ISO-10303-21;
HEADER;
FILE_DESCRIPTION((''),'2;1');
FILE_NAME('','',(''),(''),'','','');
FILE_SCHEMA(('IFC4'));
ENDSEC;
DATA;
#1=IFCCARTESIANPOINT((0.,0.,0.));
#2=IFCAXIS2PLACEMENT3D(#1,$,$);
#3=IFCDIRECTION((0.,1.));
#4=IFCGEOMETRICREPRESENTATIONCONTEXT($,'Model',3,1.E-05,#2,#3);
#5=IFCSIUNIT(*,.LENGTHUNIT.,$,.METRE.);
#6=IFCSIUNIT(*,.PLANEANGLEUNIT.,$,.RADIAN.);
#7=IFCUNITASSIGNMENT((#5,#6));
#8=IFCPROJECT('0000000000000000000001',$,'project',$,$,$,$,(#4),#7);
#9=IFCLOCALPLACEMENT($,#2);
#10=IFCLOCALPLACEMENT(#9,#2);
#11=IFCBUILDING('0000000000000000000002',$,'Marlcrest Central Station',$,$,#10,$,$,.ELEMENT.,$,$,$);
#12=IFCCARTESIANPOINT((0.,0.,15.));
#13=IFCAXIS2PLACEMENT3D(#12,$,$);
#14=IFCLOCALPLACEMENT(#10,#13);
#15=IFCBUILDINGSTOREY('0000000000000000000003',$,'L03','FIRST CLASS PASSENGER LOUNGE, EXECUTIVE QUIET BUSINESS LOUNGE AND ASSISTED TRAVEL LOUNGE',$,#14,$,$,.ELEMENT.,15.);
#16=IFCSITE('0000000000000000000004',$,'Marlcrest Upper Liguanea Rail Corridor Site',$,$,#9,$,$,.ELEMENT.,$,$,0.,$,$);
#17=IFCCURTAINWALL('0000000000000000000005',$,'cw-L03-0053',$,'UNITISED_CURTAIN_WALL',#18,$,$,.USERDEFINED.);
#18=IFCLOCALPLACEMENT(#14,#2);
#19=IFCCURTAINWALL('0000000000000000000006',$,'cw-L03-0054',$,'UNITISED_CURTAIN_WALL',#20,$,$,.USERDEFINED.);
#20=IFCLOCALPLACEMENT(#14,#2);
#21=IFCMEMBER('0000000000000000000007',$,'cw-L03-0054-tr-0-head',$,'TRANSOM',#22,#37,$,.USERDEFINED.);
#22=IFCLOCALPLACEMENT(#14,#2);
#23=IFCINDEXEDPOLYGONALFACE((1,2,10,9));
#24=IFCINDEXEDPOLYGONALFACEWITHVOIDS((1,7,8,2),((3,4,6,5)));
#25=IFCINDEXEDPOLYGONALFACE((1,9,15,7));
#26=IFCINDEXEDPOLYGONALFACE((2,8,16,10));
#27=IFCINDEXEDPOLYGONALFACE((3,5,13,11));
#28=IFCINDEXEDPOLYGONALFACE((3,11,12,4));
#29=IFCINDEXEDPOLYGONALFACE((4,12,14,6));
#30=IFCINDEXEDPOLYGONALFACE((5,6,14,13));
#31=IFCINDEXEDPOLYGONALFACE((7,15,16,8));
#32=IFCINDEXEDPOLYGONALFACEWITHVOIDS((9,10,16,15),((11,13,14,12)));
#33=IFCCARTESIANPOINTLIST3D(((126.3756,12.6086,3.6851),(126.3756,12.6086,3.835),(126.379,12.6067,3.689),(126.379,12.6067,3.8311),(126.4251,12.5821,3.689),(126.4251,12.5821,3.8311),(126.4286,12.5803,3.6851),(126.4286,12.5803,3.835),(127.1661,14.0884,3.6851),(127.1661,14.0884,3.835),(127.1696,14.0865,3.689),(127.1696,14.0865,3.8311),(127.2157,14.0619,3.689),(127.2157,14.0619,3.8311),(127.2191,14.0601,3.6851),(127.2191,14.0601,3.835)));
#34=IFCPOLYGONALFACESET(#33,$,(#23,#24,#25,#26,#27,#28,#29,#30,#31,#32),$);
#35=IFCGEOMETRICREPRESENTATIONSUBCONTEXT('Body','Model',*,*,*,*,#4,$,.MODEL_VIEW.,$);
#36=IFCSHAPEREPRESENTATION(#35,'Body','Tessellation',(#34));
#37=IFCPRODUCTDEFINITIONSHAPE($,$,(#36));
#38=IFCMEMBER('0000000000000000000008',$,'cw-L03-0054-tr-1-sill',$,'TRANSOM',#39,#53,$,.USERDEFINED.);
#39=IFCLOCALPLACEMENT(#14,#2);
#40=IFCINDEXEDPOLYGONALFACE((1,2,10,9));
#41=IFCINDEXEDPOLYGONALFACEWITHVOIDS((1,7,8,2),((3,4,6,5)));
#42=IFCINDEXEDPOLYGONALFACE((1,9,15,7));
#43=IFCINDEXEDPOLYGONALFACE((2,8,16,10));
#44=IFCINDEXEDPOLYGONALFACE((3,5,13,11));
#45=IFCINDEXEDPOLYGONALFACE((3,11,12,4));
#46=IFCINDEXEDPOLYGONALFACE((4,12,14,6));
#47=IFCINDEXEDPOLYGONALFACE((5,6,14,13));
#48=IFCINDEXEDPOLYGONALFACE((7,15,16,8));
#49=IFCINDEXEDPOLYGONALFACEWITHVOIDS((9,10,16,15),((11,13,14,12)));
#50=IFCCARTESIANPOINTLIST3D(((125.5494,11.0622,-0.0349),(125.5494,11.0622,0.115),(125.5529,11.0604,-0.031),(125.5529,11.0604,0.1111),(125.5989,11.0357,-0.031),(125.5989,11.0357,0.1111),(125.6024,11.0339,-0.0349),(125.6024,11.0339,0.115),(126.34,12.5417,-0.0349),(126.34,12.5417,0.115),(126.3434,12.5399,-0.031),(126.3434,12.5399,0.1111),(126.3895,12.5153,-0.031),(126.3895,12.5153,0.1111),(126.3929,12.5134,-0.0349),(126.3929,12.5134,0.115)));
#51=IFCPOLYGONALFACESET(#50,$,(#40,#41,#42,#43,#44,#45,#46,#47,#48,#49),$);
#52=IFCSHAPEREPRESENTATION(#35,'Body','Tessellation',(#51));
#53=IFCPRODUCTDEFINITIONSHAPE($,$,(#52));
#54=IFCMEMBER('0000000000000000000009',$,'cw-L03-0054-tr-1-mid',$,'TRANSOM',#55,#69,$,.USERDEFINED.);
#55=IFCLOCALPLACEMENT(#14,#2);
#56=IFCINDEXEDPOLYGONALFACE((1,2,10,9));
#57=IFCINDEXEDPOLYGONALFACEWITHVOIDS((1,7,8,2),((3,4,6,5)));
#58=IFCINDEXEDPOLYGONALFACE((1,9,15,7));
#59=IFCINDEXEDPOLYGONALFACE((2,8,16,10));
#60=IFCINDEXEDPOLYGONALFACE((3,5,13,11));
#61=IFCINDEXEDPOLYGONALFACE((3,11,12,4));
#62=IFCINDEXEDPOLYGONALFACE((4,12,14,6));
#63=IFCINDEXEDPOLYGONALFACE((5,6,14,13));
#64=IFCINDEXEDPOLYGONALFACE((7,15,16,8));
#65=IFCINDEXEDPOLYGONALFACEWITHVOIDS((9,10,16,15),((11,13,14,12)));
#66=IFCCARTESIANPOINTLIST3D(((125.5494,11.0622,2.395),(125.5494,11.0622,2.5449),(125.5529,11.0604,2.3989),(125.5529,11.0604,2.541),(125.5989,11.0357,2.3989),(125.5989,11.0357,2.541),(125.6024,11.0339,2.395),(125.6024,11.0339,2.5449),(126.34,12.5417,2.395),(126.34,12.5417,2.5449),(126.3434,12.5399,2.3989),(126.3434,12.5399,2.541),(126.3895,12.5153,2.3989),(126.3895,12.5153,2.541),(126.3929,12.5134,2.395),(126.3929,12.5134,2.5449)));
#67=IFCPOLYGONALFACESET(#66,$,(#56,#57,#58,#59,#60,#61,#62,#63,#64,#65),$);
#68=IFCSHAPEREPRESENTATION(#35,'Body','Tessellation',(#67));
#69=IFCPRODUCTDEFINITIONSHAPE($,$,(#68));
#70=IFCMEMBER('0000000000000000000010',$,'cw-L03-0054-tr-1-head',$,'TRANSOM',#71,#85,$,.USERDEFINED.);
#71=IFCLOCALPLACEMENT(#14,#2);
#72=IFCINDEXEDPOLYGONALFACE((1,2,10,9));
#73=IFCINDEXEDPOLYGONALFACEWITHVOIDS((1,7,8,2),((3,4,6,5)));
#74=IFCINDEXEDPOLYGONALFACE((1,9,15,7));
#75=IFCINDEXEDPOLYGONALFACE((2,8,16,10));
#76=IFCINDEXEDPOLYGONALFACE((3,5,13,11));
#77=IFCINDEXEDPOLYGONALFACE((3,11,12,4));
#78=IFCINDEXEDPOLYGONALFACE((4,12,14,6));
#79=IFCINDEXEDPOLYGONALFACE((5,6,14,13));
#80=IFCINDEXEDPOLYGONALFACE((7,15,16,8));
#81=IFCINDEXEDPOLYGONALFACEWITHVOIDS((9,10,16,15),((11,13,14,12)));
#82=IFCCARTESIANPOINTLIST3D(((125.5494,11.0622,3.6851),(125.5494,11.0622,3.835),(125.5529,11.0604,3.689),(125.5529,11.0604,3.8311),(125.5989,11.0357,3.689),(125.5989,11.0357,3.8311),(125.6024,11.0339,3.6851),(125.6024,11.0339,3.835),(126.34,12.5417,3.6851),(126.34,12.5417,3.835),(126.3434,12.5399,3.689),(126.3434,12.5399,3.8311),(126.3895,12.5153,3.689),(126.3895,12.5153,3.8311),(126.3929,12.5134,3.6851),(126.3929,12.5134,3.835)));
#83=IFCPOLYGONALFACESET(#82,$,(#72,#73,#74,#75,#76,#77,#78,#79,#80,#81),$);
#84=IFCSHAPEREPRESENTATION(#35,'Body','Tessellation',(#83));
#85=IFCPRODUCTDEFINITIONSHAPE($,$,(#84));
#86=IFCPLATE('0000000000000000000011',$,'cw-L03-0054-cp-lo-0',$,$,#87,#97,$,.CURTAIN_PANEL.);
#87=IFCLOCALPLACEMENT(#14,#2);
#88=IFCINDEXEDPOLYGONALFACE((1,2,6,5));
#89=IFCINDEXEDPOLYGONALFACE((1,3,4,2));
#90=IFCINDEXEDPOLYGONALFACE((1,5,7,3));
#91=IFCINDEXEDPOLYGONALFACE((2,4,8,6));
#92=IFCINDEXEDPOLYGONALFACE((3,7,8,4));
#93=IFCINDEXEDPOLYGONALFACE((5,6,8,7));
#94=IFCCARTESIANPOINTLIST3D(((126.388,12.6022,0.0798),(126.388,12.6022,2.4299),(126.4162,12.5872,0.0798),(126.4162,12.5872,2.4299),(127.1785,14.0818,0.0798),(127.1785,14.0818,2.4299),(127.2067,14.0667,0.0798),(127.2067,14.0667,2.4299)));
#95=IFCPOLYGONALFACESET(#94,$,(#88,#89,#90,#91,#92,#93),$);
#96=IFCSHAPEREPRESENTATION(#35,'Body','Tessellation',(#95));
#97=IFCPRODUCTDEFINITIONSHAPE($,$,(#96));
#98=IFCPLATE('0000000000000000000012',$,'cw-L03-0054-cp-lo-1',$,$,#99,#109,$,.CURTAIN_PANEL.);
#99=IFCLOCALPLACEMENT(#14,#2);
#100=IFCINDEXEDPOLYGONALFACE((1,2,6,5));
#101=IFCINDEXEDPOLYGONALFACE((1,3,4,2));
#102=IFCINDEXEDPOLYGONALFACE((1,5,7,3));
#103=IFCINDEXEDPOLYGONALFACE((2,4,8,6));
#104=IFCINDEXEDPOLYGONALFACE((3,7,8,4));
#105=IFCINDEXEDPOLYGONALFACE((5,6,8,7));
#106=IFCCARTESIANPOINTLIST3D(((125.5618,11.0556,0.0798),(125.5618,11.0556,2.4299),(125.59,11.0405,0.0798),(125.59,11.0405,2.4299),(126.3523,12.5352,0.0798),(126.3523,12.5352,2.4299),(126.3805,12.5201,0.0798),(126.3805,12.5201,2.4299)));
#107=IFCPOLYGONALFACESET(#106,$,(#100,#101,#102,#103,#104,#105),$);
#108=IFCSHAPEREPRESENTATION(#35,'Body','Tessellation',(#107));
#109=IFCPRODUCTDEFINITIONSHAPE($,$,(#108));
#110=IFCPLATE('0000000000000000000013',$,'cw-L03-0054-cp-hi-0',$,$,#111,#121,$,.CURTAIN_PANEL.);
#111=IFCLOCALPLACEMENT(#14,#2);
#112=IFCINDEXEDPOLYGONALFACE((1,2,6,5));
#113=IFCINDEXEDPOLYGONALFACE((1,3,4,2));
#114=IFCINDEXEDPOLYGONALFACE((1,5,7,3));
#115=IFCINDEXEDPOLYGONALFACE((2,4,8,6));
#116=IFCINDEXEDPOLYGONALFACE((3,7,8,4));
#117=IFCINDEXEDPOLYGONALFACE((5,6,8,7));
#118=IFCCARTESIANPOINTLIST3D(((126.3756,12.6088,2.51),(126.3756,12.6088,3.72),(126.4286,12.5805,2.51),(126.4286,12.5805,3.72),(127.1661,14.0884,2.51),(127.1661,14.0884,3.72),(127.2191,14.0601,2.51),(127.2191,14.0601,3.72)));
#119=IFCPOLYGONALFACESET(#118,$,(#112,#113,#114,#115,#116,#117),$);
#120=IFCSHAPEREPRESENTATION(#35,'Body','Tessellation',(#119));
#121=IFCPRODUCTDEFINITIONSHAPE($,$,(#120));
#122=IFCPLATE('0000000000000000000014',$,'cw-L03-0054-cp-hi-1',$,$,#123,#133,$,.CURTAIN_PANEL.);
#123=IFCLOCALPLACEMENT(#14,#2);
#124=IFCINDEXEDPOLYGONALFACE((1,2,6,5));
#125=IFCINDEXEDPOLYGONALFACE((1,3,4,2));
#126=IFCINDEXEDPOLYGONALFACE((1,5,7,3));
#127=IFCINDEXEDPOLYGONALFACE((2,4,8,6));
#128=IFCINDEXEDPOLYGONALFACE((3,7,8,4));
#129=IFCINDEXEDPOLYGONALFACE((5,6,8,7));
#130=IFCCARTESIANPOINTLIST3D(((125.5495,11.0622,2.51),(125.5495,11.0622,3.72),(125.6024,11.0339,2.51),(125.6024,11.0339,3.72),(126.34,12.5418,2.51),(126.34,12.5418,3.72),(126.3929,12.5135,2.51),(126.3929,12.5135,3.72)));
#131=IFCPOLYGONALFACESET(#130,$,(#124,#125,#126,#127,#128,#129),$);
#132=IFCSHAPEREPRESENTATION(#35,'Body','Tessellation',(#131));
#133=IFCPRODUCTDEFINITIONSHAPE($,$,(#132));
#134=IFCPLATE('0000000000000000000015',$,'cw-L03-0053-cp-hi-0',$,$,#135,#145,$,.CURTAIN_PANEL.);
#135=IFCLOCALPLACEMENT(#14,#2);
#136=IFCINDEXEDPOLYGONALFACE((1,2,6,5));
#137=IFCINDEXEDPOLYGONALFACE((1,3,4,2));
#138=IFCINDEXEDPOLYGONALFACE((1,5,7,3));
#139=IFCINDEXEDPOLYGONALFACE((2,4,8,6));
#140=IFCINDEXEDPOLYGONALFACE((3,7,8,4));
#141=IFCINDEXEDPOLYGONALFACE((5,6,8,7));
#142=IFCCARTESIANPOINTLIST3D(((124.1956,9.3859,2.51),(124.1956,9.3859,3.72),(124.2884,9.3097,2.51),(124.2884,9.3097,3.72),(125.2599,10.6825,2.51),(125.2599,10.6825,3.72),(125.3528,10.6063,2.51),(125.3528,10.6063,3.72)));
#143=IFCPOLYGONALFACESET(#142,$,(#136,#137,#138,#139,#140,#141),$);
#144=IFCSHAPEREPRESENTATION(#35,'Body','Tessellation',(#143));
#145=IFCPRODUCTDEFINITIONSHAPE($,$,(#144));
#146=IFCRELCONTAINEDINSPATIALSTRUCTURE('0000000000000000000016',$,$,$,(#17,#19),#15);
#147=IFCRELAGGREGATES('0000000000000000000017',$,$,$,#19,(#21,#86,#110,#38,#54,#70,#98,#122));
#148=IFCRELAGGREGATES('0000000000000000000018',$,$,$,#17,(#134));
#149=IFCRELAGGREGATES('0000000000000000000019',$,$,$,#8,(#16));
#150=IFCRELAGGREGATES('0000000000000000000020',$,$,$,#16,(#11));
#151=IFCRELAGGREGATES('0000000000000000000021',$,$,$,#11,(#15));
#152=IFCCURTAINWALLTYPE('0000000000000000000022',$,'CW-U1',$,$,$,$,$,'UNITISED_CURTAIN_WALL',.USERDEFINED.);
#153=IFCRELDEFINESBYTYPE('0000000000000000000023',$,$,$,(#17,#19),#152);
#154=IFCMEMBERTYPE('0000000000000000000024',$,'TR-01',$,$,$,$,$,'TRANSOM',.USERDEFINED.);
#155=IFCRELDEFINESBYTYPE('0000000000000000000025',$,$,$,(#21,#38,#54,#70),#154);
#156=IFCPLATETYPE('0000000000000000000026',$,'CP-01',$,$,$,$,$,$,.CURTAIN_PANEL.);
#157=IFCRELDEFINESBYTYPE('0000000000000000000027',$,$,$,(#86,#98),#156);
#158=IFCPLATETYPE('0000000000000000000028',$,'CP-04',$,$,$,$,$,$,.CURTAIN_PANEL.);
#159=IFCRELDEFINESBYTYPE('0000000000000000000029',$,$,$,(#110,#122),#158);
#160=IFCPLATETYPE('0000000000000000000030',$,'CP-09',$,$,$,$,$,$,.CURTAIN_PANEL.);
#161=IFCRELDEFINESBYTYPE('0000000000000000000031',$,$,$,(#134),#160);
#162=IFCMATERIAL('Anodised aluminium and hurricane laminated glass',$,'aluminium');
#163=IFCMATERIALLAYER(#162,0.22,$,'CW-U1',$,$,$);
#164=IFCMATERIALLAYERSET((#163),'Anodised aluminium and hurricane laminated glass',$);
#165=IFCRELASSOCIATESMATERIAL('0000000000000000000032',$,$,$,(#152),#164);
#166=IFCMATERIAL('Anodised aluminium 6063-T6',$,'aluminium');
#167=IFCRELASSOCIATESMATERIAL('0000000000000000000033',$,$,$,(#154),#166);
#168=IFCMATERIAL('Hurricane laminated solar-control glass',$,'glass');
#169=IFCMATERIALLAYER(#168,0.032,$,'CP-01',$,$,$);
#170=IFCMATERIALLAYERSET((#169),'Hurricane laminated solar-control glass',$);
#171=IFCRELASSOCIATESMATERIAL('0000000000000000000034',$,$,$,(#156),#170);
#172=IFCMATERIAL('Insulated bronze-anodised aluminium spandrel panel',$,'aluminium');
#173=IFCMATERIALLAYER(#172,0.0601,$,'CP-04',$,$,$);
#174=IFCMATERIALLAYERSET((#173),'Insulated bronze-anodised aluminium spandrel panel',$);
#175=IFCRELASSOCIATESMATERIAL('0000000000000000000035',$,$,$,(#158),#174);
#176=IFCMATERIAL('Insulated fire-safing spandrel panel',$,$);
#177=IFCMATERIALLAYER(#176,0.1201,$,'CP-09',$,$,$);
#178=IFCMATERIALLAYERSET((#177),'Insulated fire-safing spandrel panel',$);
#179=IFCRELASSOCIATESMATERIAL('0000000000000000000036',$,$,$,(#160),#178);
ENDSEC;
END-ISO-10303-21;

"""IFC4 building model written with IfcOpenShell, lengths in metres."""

from ifc_helpers import new_model, si_unit, direction, frame, origin, origin_2d, place, context, subcontext, project, spatial, rectangle, hollow_rectangle, extrude, material, layer, layer_set, material_profile, profile_set, type_object, element, aggregate, save


model = new_model("IFC4")

# Units and contexts
model_context = context("Model", 3, precision=1e-05, world=origin(), true_north=direction((0.0, 1.0)))
body_context = subcontext(model_context, "Body", "Model", "MODEL_VIEW")
ifc_project = project(units=[si_unit("LENGTHUNIT", "METRE"), si_unit("PLANEANGLEUNIT", "RADIAN")], contexts=[model_context])

# Site, building, storey
site_placement = place(None, origin())
site = spatial("IfcSite", under=ifc_project, at=site_placement, Name="Marlcrest Upper Liguanea Rail Corridor Site", CompositionType="ELEMENT", RefElevation=0.0)
building_placement = place(site_placement, origin())
building = spatial("IfcBuilding", under=site, at=building_placement, Name="Marlcrest Central Station", CompositionType="ELEMENT")
storey_placement = place(building_placement, frame((0.0, 0.0, 15.0)))
storey = spatial("IfcBuildingStorey", under=building, at=storey_placement, Name="L03", Description="FIRST CLASS PASSENGER LOUNGE, EXECUTIVE QUIET BUSINESS LOUNGE AND ASSISTED TRAVEL LOUNGE", CompositionType="ELEMENT", Elevation=15.0)

# Curtain wall
ifc_material_1 = material(Name="Anodised aluminium and hurricane laminated glass", Category="aluminium")
ifc_layer_1 = layer(ifc_material_1, 0.22, Name="CW-U1")
ifc_layer_set_1 = layer_set([ifc_layer_1], Name="Anodised aluminium and hurricane laminated glass")
curtain_wall_type = type_object("IfcCurtainWallType", Name="CW-U1", ElementType="UNITISED_CURTAIN_WALL", PredefinedType="USERDEFINED", material=ifc_layer_set_1)
curtain_wall_1_placement = place(storey_placement, origin())
curtain_wall_1 = element("IfcCurtainWall", 1, at=curtain_wall_1_placement, inside=storey, type_object=curtain_wall_type, Name="cw-L03-0053", ObjectType="UNITISED_CURTAIN_WALL", PredefinedType="USERDEFINED")
ifc_material_2 = material(Name="Anodised aluminium 6063-T6", Category="aluminium")

# Curtain wall
curtain_wall_2_placement = place(storey_placement, origin())
curtain_wall_2 = element("IfcCurtainWall", 2, at=curtain_wall_2_placement, inside=storey, type_object=curtain_wall_type, Name="cw-L03-0054", ObjectType="UNITISED_CURTAIN_WALL", PredefinedType="USERDEFINED")

# Members
ifc_material_profile_1 = material_profile(ifc_material_2, hollow_rectangle(XDim=0.0601, YDim=0.1499, WallThickness=0.0039, at=origin_2d()), Name="AA-RHS 150x60x4")
ifc_profile_set_1 = profile_set([ifc_material_profile_1], Name="Anodised aluminium 6063-T6")
member_type_1 = type_object("IfcMemberType", Name="TR-01", ElementType="TRANSOM", PredefinedType="USERDEFINED", material=ifc_profile_set_1)
member_1_placement = place(storey_placement, frame((127.1926, 14.0742, 3.76), z_axis=(-0.471207, -0.882022, 0.0), x_axis=(0.882022, -0.471207, 0.0)))
member_1 = element("IfcMember", 3, at=member_1_placement, type_object=member_type_1, Name="cw-L03-0054-tr-0-head", ObjectType="TRANSOM", PredefinedType="USERDEFINED", context=body_context, shape_type="SweptSolid", body=[
    extrude(hollow_rectangle(XDim=0.0601, YDim=0.1499, WallThickness=0.0039, at=origin_2d()), origin(), (0.0, 0.0, 1.0), 1.6777),
])
member_2_placement = place(storey_placement, frame((126.3665, 12.5276, 0.04), z_axis=(-0.471268, -0.88199, 0.0), x_axis=(0.88199, -0.471268, 0.0)))
member_2 = element("IfcMember", 4, at=member_2_placement, type_object=member_type_1, Name="cw-L03-0054-tr-1-sill", ObjectType="TRANSOM", PredefinedType="USERDEFINED", context=body_context, shape_type="SweptSolid", body=[
    extrude(hollow_rectangle(XDim=0.0601, YDim=0.1499, WallThickness=0.0039, at=origin_2d()), origin(), (0.0, 0.0, 1.0), 1.6775),
])
member_3_placement = place(storey_placement, frame((126.3665, 12.5276, 2.47), z_axis=(-0.471268, -0.88199, 0.0), x_axis=(0.88199, -0.471268, 0.0)))
member_3 = element("IfcMember", 5, at=member_3_placement, type_object=member_type_1, Name="cw-L03-0054-tr-1-mid", ObjectType="TRANSOM", PredefinedType="USERDEFINED", context=body_context, shape_type="SweptSolid", body=[
    extrude(hollow_rectangle(XDim=0.0601, YDim=0.1499, WallThickness=0.0039, at=origin_2d()), origin(), (0.0, 0.0, 1.0), 1.6775),
])
member_4_placement = place(storey_placement, frame((126.3665, 12.5276, 3.76), z_axis=(-0.471268, -0.88199, 0.0), x_axis=(0.88199, -0.471268, 0.0)))
member_4 = element("IfcMember", 6, at=member_4_placement, type_object=member_type_1, Name="cw-L03-0054-tr-1-head", ObjectType="TRANSOM", PredefinedType="USERDEFINED", context=body_context, shape_type="SweptSolid", body=[
    extrude(hollow_rectangle(XDim=0.0601, YDim=0.1499, WallThickness=0.0039, at=origin_2d()), origin(), (0.0, 0.0, 1.0), 1.6775),
])

# Plates
ifc_material_3 = material(Name="Hurricane laminated solar-control glass", Category="glass")
ifc_layer_2 = layer(ifc_material_3, 0.032, Name="CP-01")
ifc_layer_set_2 = layer_set([ifc_layer_2], Name="Hurricane laminated solar-control glass")
plate_type_1 = type_object("IfcPlateType", Name="CP-01", PredefinedType="CURTAIN_PANEL", material=ifc_layer_set_2)
plate_1_placement = place(storey_placement, frame((126.7974, 13.3345, 0.0798), z_axis=(0.0, 0.0, 1.0), x_axis=(-0.471243, -0.882004, 0.0)))
plate_1 = element("IfcPlate", 7, at=plate_1_placement, type_object=plate_type_1, Name="cw-L03-0054-cp-lo-0", PredefinedType="CURTAIN_PANEL", context=body_context, shape_type="SweptSolid", body=[
    extrude(rectangle(XDim=1.6775, YDim=0.032, at=origin_2d()), origin(), (0.0, 0.0, 1.0), 2.3501),
])
plate_2_placement = place(storey_placement, frame((125.9712, 11.7878, 0.0798), z_axis=(0.0, 0.0, 1.0), x_axis=(-0.471243, -0.882004, 0.0)))
plate_2 = element("IfcPlate", 8, at=plate_2_placement, type_object=plate_type_1, Name="cw-L03-0054-cp-lo-1", PredefinedType="CURTAIN_PANEL", context=body_context, shape_type="SweptSolid", body=[
    extrude(rectangle(XDim=1.6775, YDim=0.032, at=origin_2d()), origin(), (0.0, 0.0, 1.0), 2.3501),
])
ifc_material_4 = material(Name="Insulated bronze-anodised aluminium spandrel panel", Category="aluminium")
ifc_layer_3 = layer(ifc_material_4, 0.0601, Name="CP-04")
ifc_layer_set_3 = layer_set([ifc_layer_3], Name="Insulated bronze-anodised aluminium spandrel panel")
plate_type_2 = type_object("IfcPlateType", Name="CP-04", PredefinedType="CURTAIN_PANEL", material=ifc_layer_set_3)
plate_3_placement = place(storey_placement, frame((126.7974, 13.3345, 2.51), z_axis=(0.0, 0.0, 1.0), x_axis=(-0.471243, -0.882004, 0.0)))
plate_3 = element("IfcPlate", 9, at=plate_3_placement, type_object=plate_type_2, Name="cw-L03-0054-cp-hi-0", PredefinedType="CURTAIN_PANEL", context=body_context, shape_type="SweptSolid", body=[
    extrude(rectangle(XDim=1.6775, YDim=0.0601, at=origin_2d()), origin(), (0.0, 0.0, 1.0), 1.21),
])
plate_4_placement = place(storey_placement, frame((125.9712, 11.7878, 2.51), z_axis=(0.0, 0.0, 1.0), x_axis=(-0.471243, -0.882004, 0.0)))
plate_4 = element("IfcPlate", 10, at=plate_4_placement, type_object=plate_type_2, Name="cw-L03-0054-cp-hi-1", PredefinedType="CURTAIN_PANEL", context=body_context, shape_type="SweptSolid", body=[
    extrude(rectangle(XDim=1.6775, YDim=0.0601, at=origin_2d()), origin(), (0.0, 0.0, 1.0), 1.21),
])
aggregate(curtain_wall_2, [member_1, plate_1, plate_3, member_2, member_3, member_4, plate_2, plate_4])
ifc_material_5 = material(Name="Insulated fire-safing spandrel panel")
ifc_layer_4 = layer(ifc_material_5, 0.1201, Name="CP-09")
ifc_layer_set_4 = layer_set([ifc_layer_4], Name="Insulated fire-safing spandrel panel")
plate_type_3 = type_object("IfcPlateType", Name="CP-09", PredefinedType="CURTAIN_PANEL", material=ifc_layer_set_4)
plate_5_placement = place(storey_placement, frame((124.7742, 9.9961, 2.51), z_axis=(0.0, 0.0, 1.0), x_axis=(-0.634474, -0.772944, 0.0)))
plate_5 = element("IfcPlate", 11, at=plate_5_placement, type_object=plate_type_3, Name="cw-L03-0053-cp-hi-0", PredefinedType="CURTAIN_PANEL", context=body_context, shape_type="SweptSolid", body=[
    extrude(rectangle(XDim=1.6775, YDim=0.1201, at=origin_2d()), origin(), (0.0, 0.0, 1.0), 1.21),
])
aggregate(curtain_wall_1, [plate_5])

save(model, "model.ifc")
